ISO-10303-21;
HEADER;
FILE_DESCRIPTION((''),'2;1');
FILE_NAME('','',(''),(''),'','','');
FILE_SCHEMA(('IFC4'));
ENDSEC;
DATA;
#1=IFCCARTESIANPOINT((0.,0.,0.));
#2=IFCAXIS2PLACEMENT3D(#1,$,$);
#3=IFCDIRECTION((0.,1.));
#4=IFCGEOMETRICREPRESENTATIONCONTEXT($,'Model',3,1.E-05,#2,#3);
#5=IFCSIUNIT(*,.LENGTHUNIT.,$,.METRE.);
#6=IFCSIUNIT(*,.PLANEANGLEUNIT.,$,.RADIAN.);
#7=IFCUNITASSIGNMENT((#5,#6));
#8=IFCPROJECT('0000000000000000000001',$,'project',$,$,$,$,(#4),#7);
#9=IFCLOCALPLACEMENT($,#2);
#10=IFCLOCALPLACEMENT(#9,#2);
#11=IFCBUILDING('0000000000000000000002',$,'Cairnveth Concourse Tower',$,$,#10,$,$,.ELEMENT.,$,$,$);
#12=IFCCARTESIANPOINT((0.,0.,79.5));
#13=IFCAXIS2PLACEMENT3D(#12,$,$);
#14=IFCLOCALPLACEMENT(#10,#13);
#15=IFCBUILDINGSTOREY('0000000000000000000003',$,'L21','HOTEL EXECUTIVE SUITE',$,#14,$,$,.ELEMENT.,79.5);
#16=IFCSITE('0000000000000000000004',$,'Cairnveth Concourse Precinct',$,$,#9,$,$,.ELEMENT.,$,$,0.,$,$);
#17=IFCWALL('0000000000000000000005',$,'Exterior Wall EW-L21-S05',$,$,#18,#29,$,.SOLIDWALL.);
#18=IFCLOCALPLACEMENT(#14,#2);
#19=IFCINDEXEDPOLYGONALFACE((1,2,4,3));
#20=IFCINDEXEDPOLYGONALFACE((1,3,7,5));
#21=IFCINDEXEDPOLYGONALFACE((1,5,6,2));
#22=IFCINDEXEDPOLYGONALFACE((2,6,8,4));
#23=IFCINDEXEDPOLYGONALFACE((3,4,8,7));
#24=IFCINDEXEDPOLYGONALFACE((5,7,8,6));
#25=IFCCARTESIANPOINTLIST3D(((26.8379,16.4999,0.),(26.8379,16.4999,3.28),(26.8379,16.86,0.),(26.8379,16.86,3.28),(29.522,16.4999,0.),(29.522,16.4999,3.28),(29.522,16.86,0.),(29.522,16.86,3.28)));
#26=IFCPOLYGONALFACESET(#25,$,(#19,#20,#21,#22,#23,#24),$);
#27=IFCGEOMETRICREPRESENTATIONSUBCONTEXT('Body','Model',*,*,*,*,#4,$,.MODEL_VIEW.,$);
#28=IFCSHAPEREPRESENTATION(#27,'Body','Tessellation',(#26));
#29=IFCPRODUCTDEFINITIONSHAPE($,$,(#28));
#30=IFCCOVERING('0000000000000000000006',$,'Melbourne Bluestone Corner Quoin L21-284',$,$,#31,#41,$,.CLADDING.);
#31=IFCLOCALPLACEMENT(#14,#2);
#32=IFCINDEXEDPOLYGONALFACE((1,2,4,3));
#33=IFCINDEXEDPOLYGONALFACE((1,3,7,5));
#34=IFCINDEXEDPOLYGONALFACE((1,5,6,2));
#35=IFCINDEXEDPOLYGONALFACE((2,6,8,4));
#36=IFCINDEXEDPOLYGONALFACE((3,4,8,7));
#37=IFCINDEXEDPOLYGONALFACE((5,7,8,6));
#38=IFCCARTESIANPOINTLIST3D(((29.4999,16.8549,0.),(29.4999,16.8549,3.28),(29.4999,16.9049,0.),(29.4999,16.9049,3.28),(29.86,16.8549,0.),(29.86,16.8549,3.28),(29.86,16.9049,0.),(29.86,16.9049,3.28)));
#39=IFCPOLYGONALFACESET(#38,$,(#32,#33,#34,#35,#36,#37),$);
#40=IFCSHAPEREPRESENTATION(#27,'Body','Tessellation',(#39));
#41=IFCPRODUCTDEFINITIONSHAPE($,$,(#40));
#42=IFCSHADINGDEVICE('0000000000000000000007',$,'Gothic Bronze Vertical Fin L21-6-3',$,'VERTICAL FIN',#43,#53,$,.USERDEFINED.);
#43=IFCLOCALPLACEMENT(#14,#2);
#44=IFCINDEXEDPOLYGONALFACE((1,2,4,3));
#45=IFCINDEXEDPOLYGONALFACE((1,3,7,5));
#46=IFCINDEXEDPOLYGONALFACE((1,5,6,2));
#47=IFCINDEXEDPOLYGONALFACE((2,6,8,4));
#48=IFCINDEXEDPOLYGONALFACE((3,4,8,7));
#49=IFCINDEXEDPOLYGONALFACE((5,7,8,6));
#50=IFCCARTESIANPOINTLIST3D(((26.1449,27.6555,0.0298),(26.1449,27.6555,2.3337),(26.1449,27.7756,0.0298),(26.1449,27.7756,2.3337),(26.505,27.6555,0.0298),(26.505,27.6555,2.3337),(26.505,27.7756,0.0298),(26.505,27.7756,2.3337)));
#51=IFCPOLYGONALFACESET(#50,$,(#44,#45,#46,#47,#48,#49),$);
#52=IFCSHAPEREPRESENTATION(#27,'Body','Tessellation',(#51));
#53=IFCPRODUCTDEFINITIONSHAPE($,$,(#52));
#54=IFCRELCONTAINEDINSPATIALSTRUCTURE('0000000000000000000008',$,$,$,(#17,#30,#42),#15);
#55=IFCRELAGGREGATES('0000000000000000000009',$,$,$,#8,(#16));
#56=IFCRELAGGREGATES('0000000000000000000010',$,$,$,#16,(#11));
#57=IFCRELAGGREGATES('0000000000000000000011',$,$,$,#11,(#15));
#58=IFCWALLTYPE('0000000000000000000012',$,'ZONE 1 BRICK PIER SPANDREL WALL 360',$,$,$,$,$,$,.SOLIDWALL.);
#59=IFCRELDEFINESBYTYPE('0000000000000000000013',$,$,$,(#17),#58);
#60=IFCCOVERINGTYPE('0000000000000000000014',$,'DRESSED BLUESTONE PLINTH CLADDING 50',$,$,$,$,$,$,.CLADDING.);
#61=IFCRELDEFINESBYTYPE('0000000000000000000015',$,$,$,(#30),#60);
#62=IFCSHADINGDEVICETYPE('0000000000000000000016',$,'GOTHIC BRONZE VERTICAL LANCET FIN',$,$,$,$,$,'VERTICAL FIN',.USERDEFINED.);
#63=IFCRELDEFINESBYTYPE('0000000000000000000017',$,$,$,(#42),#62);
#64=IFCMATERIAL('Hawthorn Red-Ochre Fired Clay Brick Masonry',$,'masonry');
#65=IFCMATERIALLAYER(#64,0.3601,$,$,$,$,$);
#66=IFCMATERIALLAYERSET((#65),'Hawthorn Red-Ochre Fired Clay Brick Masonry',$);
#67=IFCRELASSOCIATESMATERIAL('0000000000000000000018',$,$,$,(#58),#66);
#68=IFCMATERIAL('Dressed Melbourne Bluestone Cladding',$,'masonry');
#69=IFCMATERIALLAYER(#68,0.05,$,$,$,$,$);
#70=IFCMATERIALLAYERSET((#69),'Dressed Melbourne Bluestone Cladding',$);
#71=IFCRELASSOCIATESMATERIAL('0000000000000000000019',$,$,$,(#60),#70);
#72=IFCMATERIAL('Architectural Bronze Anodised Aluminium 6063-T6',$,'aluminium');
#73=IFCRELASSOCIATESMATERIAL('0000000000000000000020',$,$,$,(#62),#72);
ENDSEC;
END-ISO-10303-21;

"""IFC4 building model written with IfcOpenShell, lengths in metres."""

from ifc_helpers import new_model, si_unit, direction, frame, frame_2d, origin, origin_2d, place, context, subcontext, project, spatial, rectangle, extrude, material, layer, layer_set, type_object, element, save


model = new_model("IFC4")

# Units and contexts
model_context = context("Model", 3, precision=1e-05, world=origin(), true_north=direction((0.0, 1.0)))
body_context = subcontext(model_context, "Body", "Model", "MODEL_VIEW")
ifc_project = project(units=[si_unit("LENGTHUNIT", "METRE"), si_unit("PLANEANGLEUNIT", "RADIAN")], contexts=[model_context])

# Site, building, storey
site_placement = place(None, origin())
site = spatial("IfcSite", under=ifc_project, at=site_placement, Name="Cairnveth Concourse Precinct", CompositionType="ELEMENT", RefElevation=0.0)
building_placement = place(site_placement, origin())
building = spatial("IfcBuilding", under=site, at=building_placement, Name="Cairnveth Concourse Tower", CompositionType="ELEMENT")
storey_placement = place(building_placement, frame((0.0, 0.0, 79.5)))
storey = spatial("IfcBuildingStorey", under=building, at=storey_placement, Name="L21", Description="HOTEL EXECUTIVE SUITE", CompositionType="ELEMENT", Elevation=79.5)

# Wall
ifc_material_1 = material(Name="Hawthorn Red-Ochre Fired Clay Brick Masonry", Category="masonry")
ifc_layer_1 = layer(ifc_material_1, 0.3601)
ifc_layer_set_1 = layer_set([ifc_layer_1], Name="Hawthorn Red-Ochre Fired Clay Brick Masonry")
wall_type_1 = type_object("IfcWallType", Name="ZONE 1 BRICK PIER SPANDREL WALL 360", PredefinedType="SOLIDWALL", material=ifc_layer_set_1)
wall_1_placement = place(storey_placement, frame((29.522, 16.6799, 0.0), z_axis=(0.0, 0.0, 1.0), x_axis=(-1.0, 0.0, 0.0)))
element("IfcWall", 1, at=wall_1_placement, inside=storey, type_object=wall_type_1, Name="Exterior Wall EW-L21-S05", PredefinedType="SOLIDWALL", context=body_context, shape_type="SweptSolid", body=[
    extrude(rectangle(XDim=2.6841, YDim=0.3601, at=frame_2d((1.342, 0.0))), origin(), (0.0, 0.0, 1.0), 3.28),
])

# Covering
ifc_material_2 = material(Name="Dressed Melbourne Bluestone Cladding", Category="masonry")
ifc_layer_2 = layer(ifc_material_2, 0.05)
ifc_layer_set_2 = layer_set([ifc_layer_2], Name="Dressed Melbourne Bluestone Cladding")
covering_type = type_object("IfcCoveringType", Name="DRESSED BLUESTONE PLINTH CLADDING 50", PredefinedType="CLADDING", material=ifc_layer_set_2)
covering_placement = place(storey_placement, frame((29.8601, 16.8799, 0.0), z_axis=(0.0, 0.0, 1.0), x_axis=(-1.0, 0.0, 0.0)))
element("IfcCovering", 2, at=covering_placement, inside=storey, type_object=covering_type, Name="Melbourne Bluestone Corner Quoin L21-284", PredefinedType="CLADDING", context=body_context, shape_type="SweptSolid", body=[
    extrude(rectangle(XDim=0.3601, YDim=0.05, at=frame_2d((0.1802, 0.0))), origin(), (0.0, 0.0, 1.0), 3.28),
])

# Shading device
ifc_material_3 = material(Name="Architectural Bronze Anodised Aluminium 6063-T6", Category="aluminium")
shading_device_type = type_object("IfcShadingDeviceType", Name="GOTHIC BRONZE VERTICAL LANCET FIN", ElementType="VERTICAL FIN", PredefinedType="USERDEFINED", material=ifc_material_3)
shading_device_placement = place(storey_placement, frame((26.325, 27.7156, 0.0298), z_axis=(0.0, 0.0, 1.0), x_axis=(0.0, 1.0, 0.0)))
element("IfcShadingDevice", 3, at=shading_device_placement, inside=storey, type_object=shading_device_type, Name="Gothic Bronze Vertical Fin L21-6-3", ObjectType="VERTICAL FIN", PredefinedType="USERDEFINED", context=body_context, shape_type="SweptSolid", body=[
    extrude(rectangle(XDim=0.1201, YDim=0.3601, at=origin_2d()), origin(), (0.0, 0.0, 1.0), 2.304),
])

save(model, "model.ifc")
